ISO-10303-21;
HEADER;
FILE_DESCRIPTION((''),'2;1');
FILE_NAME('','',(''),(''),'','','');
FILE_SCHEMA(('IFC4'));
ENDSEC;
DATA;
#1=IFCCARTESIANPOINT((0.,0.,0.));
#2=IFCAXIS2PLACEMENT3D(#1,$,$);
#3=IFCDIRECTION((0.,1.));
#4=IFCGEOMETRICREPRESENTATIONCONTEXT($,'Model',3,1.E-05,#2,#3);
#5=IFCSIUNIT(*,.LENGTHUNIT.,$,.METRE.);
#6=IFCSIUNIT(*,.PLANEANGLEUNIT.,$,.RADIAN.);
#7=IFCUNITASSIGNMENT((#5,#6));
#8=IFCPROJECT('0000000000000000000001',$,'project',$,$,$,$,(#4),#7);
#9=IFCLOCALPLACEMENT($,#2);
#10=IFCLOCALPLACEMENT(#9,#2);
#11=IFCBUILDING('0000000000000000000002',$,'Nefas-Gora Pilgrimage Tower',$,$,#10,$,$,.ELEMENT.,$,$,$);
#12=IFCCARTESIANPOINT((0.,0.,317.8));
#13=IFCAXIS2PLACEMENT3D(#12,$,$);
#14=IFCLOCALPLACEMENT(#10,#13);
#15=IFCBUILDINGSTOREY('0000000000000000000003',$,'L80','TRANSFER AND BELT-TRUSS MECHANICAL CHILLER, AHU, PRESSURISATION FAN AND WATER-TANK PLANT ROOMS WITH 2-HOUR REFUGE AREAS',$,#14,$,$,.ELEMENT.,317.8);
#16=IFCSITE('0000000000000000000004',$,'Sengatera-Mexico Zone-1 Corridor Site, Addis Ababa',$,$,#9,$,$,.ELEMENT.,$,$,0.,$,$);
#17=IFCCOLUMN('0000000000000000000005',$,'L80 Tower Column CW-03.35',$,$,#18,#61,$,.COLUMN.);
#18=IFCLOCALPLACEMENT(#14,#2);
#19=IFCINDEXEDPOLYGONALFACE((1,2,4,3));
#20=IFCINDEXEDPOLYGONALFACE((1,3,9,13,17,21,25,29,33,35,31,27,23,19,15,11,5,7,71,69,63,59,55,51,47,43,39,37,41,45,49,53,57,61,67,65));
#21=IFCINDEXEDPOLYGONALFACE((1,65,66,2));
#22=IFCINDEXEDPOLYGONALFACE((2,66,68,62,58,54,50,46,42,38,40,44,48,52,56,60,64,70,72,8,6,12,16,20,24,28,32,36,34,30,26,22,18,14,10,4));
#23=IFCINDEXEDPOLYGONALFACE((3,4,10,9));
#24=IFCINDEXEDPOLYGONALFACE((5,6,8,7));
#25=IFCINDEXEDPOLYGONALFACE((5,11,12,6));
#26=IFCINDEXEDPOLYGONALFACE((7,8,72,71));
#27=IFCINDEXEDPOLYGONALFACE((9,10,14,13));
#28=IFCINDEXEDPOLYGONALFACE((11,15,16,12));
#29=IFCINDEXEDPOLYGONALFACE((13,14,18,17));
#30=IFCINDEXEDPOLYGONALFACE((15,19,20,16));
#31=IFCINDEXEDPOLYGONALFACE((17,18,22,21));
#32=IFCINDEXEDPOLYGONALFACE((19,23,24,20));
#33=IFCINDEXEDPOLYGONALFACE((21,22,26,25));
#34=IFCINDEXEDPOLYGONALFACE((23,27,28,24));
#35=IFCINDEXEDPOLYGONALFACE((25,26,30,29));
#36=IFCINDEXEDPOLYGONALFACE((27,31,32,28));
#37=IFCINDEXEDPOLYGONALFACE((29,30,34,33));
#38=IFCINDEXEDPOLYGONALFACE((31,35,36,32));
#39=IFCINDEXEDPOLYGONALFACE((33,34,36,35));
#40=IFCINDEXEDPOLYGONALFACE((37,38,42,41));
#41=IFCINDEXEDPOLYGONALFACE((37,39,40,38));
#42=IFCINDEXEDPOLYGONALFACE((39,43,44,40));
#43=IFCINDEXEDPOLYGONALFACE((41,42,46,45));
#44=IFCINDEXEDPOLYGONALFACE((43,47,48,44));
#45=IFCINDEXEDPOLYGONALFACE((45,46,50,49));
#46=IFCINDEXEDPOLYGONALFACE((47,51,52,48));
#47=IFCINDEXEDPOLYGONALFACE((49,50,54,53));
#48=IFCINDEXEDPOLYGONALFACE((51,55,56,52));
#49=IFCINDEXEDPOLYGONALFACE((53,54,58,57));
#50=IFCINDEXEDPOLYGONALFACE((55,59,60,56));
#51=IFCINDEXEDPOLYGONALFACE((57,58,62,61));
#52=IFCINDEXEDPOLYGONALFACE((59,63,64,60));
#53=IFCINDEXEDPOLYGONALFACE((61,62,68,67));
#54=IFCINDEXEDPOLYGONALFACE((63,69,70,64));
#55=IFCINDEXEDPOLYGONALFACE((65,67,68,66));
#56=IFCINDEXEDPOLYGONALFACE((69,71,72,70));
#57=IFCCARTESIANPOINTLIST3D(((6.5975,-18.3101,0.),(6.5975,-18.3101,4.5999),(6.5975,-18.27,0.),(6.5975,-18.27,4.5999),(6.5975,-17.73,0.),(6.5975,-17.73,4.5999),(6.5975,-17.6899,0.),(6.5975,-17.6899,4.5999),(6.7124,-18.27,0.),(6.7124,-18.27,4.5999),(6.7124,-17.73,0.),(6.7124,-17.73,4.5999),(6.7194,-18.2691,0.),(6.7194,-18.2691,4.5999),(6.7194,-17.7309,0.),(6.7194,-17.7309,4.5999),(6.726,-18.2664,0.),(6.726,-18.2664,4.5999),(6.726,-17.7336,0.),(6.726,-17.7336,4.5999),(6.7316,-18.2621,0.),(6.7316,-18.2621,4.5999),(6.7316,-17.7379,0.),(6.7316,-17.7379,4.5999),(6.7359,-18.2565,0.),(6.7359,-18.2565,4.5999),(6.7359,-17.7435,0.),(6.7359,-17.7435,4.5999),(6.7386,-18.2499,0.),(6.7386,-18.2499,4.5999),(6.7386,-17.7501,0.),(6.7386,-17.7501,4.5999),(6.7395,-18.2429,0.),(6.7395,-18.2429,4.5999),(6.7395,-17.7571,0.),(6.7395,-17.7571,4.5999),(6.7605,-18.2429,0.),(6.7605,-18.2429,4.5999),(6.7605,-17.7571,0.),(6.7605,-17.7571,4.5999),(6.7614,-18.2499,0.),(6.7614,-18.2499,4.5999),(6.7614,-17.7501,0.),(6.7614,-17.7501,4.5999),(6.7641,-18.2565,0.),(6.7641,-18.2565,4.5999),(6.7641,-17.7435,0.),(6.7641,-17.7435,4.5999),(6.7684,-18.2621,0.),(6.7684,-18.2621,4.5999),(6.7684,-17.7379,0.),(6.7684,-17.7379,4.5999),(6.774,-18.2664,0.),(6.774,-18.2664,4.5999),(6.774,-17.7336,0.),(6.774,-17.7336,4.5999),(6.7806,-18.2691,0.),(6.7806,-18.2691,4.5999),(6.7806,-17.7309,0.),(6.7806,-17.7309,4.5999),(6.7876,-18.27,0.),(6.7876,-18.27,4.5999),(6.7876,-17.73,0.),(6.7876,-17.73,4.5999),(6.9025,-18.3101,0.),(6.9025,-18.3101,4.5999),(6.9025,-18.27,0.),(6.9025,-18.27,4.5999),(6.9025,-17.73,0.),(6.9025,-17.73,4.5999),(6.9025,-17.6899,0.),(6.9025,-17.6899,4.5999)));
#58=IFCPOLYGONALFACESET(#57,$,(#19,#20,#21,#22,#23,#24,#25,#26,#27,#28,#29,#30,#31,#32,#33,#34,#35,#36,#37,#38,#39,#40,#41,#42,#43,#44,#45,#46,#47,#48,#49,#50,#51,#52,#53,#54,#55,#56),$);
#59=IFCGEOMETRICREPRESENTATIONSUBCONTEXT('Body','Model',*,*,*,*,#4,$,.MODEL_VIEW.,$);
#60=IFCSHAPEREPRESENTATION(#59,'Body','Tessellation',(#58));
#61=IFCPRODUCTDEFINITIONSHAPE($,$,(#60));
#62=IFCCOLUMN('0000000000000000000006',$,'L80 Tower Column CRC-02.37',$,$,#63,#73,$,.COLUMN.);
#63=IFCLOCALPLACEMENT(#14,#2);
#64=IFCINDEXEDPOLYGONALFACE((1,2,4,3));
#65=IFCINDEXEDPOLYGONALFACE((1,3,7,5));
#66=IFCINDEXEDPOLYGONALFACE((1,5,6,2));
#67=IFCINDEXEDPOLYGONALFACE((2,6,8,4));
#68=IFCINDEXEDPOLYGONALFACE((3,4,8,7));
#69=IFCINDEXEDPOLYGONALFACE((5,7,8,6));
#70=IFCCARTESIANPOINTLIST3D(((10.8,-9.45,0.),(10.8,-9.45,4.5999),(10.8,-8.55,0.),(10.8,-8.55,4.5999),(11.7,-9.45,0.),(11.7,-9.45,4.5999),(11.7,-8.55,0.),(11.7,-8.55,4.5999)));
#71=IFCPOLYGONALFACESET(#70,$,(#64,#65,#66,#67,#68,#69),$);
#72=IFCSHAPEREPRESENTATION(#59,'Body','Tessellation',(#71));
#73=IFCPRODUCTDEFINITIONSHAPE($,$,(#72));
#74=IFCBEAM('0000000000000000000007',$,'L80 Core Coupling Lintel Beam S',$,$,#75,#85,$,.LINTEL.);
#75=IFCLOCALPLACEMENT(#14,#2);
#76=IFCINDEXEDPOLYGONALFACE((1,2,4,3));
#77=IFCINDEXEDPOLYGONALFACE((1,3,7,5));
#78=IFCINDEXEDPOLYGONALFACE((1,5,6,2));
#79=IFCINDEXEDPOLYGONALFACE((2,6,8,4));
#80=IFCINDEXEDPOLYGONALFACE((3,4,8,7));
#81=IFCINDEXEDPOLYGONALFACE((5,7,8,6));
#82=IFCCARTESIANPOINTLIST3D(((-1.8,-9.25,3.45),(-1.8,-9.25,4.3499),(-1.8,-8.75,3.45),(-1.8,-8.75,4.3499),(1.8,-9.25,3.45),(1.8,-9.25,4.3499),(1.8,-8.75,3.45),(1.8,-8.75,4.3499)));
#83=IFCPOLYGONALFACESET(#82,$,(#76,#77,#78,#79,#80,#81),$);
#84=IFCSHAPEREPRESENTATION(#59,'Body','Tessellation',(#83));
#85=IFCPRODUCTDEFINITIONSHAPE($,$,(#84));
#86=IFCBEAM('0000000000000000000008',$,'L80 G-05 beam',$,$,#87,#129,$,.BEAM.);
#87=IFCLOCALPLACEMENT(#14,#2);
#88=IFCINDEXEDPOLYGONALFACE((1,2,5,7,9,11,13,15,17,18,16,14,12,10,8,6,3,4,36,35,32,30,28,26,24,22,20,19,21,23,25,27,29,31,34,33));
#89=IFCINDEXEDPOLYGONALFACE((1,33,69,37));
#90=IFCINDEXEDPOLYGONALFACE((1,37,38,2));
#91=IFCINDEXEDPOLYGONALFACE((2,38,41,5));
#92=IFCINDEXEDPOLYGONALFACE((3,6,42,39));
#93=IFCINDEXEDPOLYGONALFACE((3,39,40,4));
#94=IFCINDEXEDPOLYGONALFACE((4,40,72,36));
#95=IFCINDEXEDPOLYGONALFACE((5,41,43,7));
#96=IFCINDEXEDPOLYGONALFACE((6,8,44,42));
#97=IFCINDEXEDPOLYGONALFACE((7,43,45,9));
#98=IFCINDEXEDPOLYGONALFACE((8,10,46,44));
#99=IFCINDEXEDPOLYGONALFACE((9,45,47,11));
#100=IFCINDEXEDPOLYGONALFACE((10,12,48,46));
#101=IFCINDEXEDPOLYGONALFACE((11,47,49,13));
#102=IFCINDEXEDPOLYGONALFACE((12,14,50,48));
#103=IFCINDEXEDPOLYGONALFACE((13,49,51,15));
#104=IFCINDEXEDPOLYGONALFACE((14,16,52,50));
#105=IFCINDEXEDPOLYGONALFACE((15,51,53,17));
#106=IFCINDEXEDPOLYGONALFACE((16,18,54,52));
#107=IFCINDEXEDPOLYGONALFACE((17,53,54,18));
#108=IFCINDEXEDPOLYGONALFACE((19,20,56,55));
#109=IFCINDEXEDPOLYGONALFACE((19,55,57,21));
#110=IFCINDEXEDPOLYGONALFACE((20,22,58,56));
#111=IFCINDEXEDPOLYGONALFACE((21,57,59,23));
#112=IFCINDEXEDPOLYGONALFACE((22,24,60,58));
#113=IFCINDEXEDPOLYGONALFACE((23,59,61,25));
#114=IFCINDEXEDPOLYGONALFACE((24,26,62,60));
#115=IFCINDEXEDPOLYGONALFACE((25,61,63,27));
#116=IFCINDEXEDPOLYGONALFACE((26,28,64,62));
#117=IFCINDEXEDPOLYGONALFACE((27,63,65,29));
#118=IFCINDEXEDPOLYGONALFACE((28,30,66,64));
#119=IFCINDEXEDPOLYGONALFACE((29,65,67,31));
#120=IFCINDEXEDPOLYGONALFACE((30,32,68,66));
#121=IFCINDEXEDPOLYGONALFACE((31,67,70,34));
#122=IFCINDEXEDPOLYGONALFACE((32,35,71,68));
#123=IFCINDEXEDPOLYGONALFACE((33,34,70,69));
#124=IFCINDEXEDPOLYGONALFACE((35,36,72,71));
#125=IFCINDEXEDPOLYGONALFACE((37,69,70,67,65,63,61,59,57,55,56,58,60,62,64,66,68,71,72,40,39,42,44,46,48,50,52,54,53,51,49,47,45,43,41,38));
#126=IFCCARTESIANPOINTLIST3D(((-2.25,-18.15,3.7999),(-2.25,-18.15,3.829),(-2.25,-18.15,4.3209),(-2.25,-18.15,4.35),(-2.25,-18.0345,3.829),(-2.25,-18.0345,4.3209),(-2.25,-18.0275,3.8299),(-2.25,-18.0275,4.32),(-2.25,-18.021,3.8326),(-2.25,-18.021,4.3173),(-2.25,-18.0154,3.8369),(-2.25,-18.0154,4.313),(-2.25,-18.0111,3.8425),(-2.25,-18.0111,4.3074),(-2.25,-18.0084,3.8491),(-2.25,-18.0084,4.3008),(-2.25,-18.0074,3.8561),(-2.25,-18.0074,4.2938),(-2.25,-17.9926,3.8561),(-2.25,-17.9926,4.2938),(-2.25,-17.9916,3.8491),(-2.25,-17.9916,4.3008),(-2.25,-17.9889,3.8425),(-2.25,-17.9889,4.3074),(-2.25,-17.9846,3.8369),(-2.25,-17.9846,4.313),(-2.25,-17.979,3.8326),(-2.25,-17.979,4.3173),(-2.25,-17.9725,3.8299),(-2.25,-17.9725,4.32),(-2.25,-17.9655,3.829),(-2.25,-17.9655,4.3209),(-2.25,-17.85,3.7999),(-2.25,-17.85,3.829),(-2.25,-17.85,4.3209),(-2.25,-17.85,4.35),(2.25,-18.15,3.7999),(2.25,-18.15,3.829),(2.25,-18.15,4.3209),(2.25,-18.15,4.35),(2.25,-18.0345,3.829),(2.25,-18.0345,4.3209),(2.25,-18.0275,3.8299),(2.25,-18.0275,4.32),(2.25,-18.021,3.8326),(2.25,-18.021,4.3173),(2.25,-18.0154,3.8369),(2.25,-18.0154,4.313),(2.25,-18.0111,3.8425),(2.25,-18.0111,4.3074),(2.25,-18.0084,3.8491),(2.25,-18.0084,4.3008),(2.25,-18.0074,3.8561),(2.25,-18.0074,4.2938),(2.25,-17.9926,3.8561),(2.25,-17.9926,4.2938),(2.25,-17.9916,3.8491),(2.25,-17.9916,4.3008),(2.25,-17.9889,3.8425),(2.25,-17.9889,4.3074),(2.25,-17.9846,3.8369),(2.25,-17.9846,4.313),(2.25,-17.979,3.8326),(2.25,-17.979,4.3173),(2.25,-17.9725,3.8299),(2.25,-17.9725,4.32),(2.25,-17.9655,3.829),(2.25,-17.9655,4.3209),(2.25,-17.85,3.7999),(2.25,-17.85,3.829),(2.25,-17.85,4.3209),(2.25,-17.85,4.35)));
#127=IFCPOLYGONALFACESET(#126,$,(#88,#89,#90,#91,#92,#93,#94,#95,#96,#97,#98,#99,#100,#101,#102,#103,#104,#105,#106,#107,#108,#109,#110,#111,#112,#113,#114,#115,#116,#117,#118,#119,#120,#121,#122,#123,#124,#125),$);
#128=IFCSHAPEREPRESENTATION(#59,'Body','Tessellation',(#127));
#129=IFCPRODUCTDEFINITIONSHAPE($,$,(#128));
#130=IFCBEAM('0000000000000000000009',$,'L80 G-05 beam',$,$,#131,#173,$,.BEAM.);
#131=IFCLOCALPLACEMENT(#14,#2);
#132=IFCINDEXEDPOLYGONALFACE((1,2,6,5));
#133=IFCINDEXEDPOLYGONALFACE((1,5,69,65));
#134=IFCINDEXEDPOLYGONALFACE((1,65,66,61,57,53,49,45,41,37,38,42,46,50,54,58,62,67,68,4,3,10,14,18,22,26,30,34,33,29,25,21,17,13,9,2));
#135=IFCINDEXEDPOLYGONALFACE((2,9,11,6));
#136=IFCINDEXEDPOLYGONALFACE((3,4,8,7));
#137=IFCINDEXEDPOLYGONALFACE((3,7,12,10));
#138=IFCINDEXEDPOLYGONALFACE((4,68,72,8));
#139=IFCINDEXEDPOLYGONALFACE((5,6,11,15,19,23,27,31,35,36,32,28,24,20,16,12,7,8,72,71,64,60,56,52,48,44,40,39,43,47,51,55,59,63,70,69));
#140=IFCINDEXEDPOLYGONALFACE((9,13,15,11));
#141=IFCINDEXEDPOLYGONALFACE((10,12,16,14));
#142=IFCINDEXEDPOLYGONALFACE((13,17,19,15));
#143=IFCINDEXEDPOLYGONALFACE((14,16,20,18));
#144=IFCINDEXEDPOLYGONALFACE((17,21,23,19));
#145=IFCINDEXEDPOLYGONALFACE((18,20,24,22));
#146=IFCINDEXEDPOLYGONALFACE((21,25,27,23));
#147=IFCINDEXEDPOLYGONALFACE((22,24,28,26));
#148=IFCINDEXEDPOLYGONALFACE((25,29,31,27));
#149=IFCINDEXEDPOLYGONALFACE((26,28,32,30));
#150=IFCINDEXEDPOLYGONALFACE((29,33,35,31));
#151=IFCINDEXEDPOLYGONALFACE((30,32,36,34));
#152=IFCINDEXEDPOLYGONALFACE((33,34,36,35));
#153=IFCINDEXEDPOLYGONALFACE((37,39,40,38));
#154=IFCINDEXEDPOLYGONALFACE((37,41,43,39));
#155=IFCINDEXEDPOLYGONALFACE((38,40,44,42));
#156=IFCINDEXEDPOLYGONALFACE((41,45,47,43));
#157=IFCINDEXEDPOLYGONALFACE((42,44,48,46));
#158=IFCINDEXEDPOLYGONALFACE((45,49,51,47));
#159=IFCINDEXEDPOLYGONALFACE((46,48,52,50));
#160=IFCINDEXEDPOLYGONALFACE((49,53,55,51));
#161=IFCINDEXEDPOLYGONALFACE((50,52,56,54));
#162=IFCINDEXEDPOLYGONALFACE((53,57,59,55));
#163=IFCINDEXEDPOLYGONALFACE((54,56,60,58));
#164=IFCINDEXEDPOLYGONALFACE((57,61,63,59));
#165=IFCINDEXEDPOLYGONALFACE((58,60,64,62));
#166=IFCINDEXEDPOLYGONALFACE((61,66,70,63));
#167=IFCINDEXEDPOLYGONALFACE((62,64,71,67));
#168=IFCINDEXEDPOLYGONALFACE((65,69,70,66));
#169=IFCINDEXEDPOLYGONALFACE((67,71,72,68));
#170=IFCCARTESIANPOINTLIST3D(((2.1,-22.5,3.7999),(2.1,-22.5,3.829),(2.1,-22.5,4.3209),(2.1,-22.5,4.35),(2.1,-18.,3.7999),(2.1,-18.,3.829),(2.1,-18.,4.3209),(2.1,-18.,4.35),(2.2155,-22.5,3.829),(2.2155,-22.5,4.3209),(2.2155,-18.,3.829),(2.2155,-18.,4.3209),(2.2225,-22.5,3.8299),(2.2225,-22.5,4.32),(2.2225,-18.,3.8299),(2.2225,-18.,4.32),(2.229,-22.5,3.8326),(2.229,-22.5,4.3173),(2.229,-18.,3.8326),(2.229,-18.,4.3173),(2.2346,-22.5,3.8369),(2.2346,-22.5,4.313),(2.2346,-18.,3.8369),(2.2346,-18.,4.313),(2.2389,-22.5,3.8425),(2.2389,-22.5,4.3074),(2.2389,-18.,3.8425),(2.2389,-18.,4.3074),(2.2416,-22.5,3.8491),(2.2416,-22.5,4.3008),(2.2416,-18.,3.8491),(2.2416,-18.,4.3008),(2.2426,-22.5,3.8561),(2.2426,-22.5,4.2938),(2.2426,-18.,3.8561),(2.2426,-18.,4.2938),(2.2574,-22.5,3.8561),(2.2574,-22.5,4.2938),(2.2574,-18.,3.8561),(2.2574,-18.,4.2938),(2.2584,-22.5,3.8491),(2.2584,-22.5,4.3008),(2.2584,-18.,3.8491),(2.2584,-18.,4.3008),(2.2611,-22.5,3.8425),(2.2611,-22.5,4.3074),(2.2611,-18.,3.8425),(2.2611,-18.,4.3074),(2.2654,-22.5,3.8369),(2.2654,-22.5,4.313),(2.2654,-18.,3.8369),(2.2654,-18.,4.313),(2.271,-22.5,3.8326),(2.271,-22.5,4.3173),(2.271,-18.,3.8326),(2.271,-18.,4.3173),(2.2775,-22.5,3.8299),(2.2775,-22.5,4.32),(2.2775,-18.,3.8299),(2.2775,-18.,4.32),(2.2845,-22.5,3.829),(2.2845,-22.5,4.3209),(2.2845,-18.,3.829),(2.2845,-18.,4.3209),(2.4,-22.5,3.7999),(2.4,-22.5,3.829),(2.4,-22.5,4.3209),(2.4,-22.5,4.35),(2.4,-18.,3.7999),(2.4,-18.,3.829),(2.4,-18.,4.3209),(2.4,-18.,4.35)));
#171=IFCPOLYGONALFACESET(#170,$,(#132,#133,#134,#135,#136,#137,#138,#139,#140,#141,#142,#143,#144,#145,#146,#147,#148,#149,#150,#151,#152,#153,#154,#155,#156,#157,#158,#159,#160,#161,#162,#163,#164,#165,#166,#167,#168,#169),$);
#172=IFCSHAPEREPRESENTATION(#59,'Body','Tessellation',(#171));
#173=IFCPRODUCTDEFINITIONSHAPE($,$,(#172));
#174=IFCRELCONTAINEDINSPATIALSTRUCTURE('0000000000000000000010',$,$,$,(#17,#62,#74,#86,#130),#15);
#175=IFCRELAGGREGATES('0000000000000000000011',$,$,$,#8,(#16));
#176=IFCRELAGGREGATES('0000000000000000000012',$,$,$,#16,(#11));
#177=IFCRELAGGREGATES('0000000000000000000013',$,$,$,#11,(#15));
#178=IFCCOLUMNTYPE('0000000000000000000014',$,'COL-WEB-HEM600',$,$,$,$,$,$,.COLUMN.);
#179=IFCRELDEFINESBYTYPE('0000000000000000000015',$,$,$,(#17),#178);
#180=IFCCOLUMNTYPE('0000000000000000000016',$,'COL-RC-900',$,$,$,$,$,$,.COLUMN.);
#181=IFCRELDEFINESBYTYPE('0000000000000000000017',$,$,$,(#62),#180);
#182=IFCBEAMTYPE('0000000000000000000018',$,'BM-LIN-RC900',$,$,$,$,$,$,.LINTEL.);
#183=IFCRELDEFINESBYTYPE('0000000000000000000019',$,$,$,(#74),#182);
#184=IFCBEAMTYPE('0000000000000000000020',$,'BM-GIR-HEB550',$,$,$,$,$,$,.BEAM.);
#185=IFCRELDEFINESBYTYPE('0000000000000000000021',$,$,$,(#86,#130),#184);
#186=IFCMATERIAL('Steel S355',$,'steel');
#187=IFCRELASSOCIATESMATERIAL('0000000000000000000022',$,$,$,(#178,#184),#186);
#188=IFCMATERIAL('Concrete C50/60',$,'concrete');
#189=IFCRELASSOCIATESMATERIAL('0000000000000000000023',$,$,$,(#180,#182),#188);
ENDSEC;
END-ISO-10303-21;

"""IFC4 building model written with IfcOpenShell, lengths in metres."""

from ifc_helpers import new_model, si_unit, direction, frame, origin, origin_2d, place, context, subcontext, project, spatial, rectangle, i_section, extrude, source, transform, mapped, material, material_profile, profile_set, type_object, element, save


model = new_model("IFC4")

# Units and contexts
model_context = context("Model", 3, precision=1e-05, world=origin(), true_north=direction((0.0, 1.0)))
body_context = subcontext(model_context, "Body", "Model", "MODEL_VIEW")
ifc_project = project(units=[si_unit("LENGTHUNIT", "METRE"), si_unit("PLANEANGLEUNIT", "RADIAN")], contexts=[model_context])

# Site, building, storey
site_placement = place(None, origin())
site = spatial("IfcSite", under=ifc_project, at=site_placement, Name="Sengatera-Mexico Zone-1 Corridor Site, Addis Ababa", CompositionType="ELEMENT", RefElevation=0.0)
building_placement = place(site_placement, origin())
building = spatial("IfcBuilding", under=site, at=building_placement, Name="Nefas-Gora Pilgrimage Tower", CompositionType="ELEMENT")
storey_placement = place(building_placement, frame((0.0, 0.0, 317.8)))
storey = spatial("IfcBuildingStorey", under=building, at=storey_placement, Name="L80", Description="TRANSFER AND BELT-TRUSS MECHANICAL CHILLER, AHU, PRESSURISATION FAN AND WATER-TANK PLANT ROOMS WITH 2-HOUR REFUGE AREAS", CompositionType="ELEMENT", Elevation=317.8)

# Columns
ifc_material_1 = material(Name="Steel S355", Category="steel")
ifc_material_profile_1 = material_profile(ifc_material_1, i_section(OverallWidth=0.3049, OverallDepth=0.6201, WebThickness=0.021, FlangeThickness=0.04, FilletRadius=0.0271, at=origin_2d()), Name="HEM 600")
ifc_profile_set_1 = profile_set([ifc_material_profile_1], Name="Steel S355")
column_type_1 = type_object("IfcColumnType", Name="COL-WEB-HEM600", PredefinedType="COLUMN", material=ifc_profile_set_1)
shared_shape_1 = source(origin(), body_context, "Body", "SweptSolid", [
    extrude(i_section(OverallWidth=0.3049, OverallDepth=0.6201, WebThickness=0.021, FlangeThickness=0.04, FilletRadius=0.0271, at=origin_2d()), origin(), (0.0, 0.0, 1.0), 4.5999),
])
for number, where, z_axis, x_axis, name in (
    (1, (6.75, -18.0, 0.0), (0.0, 0.0, 1.0), (1.0, 0.0, 0.0), "L80 Tower Column CW-03.35"),
):
    element("IfcColumn", number, at=place(storey_placement, frame(where, z_axis=z_axis, x_axis=x_axis)), inside=storey, type_object=column_type_1, Name=name, PredefinedType="COLUMN", context=body_context, shape_type="MappedRepresentation", body=[
        mapped(shared_shape_1, transform((0.0, 0.0, 0.0), x_axis=(1.0, 0.0, 0.0), y_axis=(0.0, 1.0, 0.0), z_axis=(0.0, 0.0, 1.0), scale=1.0)),
    ])
ifc_material_2 = material(Name="Concrete C50/60", Category="concrete")
ifc_material_profile_2 = material_profile(ifc_material_2, rectangle(XDim=0.8999, YDim=0.8999, at=origin_2d()), Name="RC 900x900")
ifc_profile_set_2 = profile_set([ifc_material_profile_2], Name="Concrete C50/60")
column_type_2 = type_object("IfcColumnType", Name="COL-RC-900", PredefinedType="COLUMN", material=ifc_profile_set_2)
shared_shape_2 = source(origin(), body_context, "Body", "SweptSolid", [
    extrude(rectangle(XDim=0.8999, YDim=0.8999, at=origin_2d()), origin(), (0.0, 0.0, 1.0), 4.5999),
])
column_1_placement = place(storey_placement, frame((11.25, -9.0, 0.0), z_axis=(0.0, 0.0, 1.0), x_axis=(1.0, 0.0, 0.0)))
element("IfcColumn", 2, at=column_1_placement, inside=storey, type_object=column_type_2, Name="L80 Tower Column CRC-02.37", PredefinedType="COLUMN", context=body_context, shape_type="MappedRepresentation", body=[
    mapped(shared_shape_2, transform((0.0, 0.0, 0.0), x_axis=(1.0, 0.0, 0.0), y_axis=(0.0, 1.0, 0.0), z_axis=(0.0, 0.0, 1.0), scale=1.0)),
])

# Beams
ifc_material_profile_3 = material_profile(ifc_material_2, rectangle(XDim=0.5, YDim=0.8999, at=origin_2d()), Name="RC 500x900")
ifc_profile_set_3 = profile_set([ifc_material_profile_3], Name="Concrete C50/60")
beam_type_1 = type_object("IfcBeamType", Name="BM-LIN-RC900", PredefinedType="LINTEL", material=ifc_profile_set_3)
shared_shape_3 = source(origin(), body_context, "Body", "SweptSolid", [
    extrude(rectangle(XDim=0.5, YDim=0.8999, at=origin_2d()), origin(), (0.0, 0.0, 1.0), 3.6001),
])
beam_placement = place(storey_placement, frame((-1.8, -9.0, 3.8999), z_axis=(1.0, 0.0, 0.0), x_axis=(0.0, 1.0, 0.0)))
element("IfcBeam", 3, at=beam_placement, inside=storey, type_object=beam_type_1, Name="L80 Core Coupling Lintel Beam S", PredefinedType="LINTEL", context=body_context, shape_type="MappedRepresentation", body=[
    mapped(shared_shape_3, transform((0.0, 0.0, 0.0), x_axis=(1.0, 0.0, 0.0), y_axis=(0.0, 1.0, 0.0), z_axis=(0.0, 0.0, 1.0), scale=1.0)),
])
ifc_material_profile_4 = material_profile(ifc_material_1, i_section(OverallWidth=0.3, OverallDepth=0.55, WebThickness=0.0149, FlangeThickness=0.0291, FilletRadius=0.0271, at=origin_2d()), Name="HEB 550")
ifc_profile_set_4 = profile_set([ifc_material_profile_4], Name="Steel S355")
beam_type_2 = type_object("IfcBeamType", Name="BM-GIR-HEB550", PredefinedType="BEAM", material=ifc_profile_set_4)
shared_shape_4 = source(origin(), body_context, "Body", "SweptSolid", [
    extrude(i_section(OverallWidth=0.3, OverallDepth=0.55, WebThickness=0.0149, FlangeThickness=0.0291, FilletRadius=0.0271, at=origin_2d()), origin(), (0.0, 0.0, 1.0), 4.5),
])
for number, where, z_axis, x_axis, name in (
    (4, (-2.25, -18.0, 4.075), (1.0, 0.0, 0.0), (0.0, 1.0, 0.0), "L80 G-05 beam"),
    (5, (2.25, -22.5, 4.075), (0.0, 1.0, 0.0), (-1.0, 0.0, 0.0), "L80 G-05 beam"),
):
    element("IfcBeam", number, at=place(storey_placement, frame(where, z_axis=z_axis, x_axis=x_axis)), inside=storey, type_object=beam_type_2, Name=name, PredefinedType="BEAM", context=body_context, shape_type="MappedRepresentation", body=[
        mapped(shared_shape_4, transform((0.0, 0.0, 0.0), x_axis=(1.0, 0.0, 0.0), y_axis=(0.0, 1.0, 0.0), z_axis=(0.0, 0.0, 1.0), scale=1.0)),
    ])

save(model, "model.ifc")
